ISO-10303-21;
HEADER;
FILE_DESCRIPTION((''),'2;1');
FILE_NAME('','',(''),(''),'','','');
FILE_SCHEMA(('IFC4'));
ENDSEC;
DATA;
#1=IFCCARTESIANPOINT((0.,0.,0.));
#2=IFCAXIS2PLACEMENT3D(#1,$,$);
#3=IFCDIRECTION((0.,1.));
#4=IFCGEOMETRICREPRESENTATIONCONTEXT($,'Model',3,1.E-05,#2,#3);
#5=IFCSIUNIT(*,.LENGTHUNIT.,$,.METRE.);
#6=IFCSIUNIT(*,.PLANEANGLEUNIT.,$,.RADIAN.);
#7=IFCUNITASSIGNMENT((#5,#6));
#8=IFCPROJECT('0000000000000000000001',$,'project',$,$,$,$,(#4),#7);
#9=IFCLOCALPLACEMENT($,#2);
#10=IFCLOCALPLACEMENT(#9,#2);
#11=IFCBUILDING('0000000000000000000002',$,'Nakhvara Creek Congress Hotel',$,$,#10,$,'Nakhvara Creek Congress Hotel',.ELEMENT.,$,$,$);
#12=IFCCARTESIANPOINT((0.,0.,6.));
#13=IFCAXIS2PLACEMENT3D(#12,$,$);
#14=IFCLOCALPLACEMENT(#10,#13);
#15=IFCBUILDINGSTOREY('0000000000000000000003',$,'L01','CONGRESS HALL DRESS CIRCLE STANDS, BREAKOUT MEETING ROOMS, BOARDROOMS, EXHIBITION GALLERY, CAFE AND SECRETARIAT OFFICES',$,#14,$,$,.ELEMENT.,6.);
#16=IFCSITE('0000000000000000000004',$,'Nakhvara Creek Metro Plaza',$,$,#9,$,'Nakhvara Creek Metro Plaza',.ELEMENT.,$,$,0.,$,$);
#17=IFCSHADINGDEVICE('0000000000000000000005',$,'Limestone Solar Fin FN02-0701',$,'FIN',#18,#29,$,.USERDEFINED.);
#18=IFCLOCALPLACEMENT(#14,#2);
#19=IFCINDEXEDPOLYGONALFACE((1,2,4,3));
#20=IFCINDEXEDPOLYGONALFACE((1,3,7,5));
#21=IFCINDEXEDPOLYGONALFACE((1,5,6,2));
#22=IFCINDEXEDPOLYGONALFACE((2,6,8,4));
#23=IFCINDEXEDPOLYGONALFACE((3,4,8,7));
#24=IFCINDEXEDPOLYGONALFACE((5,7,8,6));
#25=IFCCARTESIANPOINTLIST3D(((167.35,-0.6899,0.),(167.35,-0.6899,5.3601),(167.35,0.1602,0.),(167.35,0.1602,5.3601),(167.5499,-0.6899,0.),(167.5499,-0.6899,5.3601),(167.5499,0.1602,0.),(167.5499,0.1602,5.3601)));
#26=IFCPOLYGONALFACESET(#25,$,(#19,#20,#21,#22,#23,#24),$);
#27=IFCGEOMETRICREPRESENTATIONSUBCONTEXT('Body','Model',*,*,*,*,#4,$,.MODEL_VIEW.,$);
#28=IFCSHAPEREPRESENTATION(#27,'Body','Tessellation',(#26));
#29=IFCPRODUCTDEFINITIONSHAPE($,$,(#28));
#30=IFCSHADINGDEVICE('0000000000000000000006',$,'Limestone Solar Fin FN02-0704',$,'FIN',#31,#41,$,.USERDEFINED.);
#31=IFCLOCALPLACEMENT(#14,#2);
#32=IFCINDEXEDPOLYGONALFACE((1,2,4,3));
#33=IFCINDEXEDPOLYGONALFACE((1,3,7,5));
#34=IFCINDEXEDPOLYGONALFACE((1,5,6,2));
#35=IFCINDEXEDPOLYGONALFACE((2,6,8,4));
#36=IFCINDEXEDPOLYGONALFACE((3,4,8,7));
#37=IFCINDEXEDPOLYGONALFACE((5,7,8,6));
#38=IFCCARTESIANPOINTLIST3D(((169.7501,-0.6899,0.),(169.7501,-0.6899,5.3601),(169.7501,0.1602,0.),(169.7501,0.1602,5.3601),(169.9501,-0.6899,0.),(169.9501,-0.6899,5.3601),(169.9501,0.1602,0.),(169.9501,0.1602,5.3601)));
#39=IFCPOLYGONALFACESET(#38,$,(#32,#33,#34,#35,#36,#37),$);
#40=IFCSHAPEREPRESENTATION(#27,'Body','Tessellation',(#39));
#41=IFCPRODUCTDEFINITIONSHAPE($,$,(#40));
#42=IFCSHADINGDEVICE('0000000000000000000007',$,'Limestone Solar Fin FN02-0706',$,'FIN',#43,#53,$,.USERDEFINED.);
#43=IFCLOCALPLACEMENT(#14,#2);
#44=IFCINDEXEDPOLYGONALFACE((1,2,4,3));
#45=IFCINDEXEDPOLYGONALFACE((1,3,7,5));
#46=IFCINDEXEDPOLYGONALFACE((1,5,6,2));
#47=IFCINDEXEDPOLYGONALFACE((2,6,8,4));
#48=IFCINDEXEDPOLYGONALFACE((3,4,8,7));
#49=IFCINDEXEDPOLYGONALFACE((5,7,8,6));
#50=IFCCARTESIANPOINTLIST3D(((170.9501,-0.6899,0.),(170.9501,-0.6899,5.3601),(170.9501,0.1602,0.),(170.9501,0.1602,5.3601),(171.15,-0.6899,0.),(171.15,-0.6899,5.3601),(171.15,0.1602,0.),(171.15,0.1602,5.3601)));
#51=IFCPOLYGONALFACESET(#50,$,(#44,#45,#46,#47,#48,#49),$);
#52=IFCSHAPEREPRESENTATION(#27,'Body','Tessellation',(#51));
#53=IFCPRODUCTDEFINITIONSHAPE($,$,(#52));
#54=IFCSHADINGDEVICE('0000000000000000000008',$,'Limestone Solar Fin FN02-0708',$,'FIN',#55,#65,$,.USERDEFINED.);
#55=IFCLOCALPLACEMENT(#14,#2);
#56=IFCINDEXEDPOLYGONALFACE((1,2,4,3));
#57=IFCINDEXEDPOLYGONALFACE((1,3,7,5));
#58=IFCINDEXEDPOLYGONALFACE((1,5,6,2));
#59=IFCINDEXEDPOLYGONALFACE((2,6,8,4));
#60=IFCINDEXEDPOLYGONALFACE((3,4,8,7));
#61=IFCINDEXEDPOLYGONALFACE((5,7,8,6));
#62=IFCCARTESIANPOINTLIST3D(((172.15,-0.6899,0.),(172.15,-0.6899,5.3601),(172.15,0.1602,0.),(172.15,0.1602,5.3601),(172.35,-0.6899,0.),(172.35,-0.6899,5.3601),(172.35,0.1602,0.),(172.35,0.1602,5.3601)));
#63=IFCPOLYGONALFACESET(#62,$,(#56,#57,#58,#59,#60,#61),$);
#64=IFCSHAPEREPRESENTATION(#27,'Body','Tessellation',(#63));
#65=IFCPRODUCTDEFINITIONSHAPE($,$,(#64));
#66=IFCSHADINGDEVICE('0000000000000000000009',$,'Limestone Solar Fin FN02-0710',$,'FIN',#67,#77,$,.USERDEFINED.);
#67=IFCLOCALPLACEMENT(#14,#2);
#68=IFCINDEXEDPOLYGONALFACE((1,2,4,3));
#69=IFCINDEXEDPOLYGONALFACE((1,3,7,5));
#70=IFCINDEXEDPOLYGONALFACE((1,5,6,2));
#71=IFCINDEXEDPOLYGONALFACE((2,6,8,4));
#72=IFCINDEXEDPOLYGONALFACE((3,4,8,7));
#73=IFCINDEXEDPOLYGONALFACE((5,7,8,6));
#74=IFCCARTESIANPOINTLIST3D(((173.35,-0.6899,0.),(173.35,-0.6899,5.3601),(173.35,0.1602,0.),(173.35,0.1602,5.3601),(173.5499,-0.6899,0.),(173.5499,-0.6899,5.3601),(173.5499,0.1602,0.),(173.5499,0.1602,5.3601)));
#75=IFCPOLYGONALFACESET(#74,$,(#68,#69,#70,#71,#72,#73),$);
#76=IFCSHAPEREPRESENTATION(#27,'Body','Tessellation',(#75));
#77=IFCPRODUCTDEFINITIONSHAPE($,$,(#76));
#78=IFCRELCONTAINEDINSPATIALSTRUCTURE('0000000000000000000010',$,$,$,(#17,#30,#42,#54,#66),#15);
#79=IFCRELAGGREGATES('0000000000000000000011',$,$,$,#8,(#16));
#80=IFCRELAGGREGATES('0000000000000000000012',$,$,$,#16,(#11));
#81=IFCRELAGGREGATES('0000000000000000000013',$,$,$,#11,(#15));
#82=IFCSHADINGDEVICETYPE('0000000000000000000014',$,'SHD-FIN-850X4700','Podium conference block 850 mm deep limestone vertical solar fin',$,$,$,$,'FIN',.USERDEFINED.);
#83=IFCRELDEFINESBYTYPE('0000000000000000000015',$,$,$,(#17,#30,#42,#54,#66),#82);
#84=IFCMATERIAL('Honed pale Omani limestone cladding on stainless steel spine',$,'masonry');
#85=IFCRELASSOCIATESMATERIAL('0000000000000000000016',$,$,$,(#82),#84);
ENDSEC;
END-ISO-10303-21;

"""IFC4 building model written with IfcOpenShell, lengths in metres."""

from ifc_helpers import new_model, si_unit, direction, frame, origin, origin_2d, place, context, subcontext, project, spatial, rectangle, extrude, material, type_object, element, save


model = new_model("IFC4")

# Units and contexts
model_context = context("Model", 3, precision=1e-05, world=origin(), true_north=direction((0.0, 1.0)))
body_context = subcontext(model_context, "Body", "Model", "MODEL_VIEW")
ifc_project = project(units=[si_unit("LENGTHUNIT", "METRE"), si_unit("PLANEANGLEUNIT", "RADIAN")], contexts=[model_context])

# Site, building, storey
site_placement = place(None, origin())
site = spatial("IfcSite", under=ifc_project, at=site_placement, Name="Nakhvara Creek Metro Plaza", LongName="Nakhvara Creek Metro Plaza", CompositionType="ELEMENT", RefElevation=0.0)
building_placement = place(site_placement, origin())
building = spatial("IfcBuilding", under=site, at=building_placement, Name="Nakhvara Creek Congress Hotel", LongName="Nakhvara Creek Congress Hotel", CompositionType="ELEMENT")
storey_placement = place(building_placement, frame((0.0, 0.0, 6.0)))
storey = spatial("IfcBuildingStorey", under=building, at=storey_placement, Name="L01", Description="CONGRESS HALL DRESS CIRCLE STANDS, BREAKOUT MEETING ROOMS, BOARDROOMS, EXHIBITION GALLERY, CAFE AND SECRETARIAT OFFICES", CompositionType="ELEMENT", Elevation=6.0)

# Shading devices
ifc_material_1 = material(Name="Honed pale Omani limestone cladding on stainless steel spine", Category="masonry")
shading_device_type = type_object("IfcShadingDeviceType", Name="SHD-FIN-850X4700", Description="Podium conference block 850 mm deep limestone vertical solar fin", ElementType="FIN", PredefinedType="USERDEFINED", material=ifc_material_1)
for number, where, z_axis, x_axis, name in (
    (1, (167.45, -0.2649, 0.0), (0.0, 0.0, 1.0), (1.0, 0.0, 0.0), "Limestone Solar Fin FN02-0701"),
    (2, (169.8501, -0.2649, 0.0), (0.0, 0.0, 1.0), (1.0, 0.0, 0.0), "Limestone Solar Fin FN02-0704"),
    (3, (171.05, -0.2649, 0.0), (0.0, 0.0, 1.0), (1.0, 0.0, 0.0), "Limestone Solar Fin FN02-0706"),
    (4, (172.25, -0.2649, 0.0), (0.0, 0.0, 1.0), (1.0, 0.0, 0.0), "Limestone Solar Fin FN02-0708"),
    (5, (173.45, -0.2649, 0.0), (0.0, 0.0, 1.0), (1.0, 0.0, 0.0), "Limestone Solar Fin FN02-0710"),
):
    element("IfcShadingDevice", number, at=place(storey_placement, frame(where, z_axis=z_axis, x_axis=x_axis)), inside=storey, type_object=shading_device_type, Name=name, ObjectType="FIN", PredefinedType="USERDEFINED", context=body_context, shape_type="SweptSolid", body=[
        extrude(rectangle(XDim=0.2, YDim=0.8501, at=origin_2d()), origin(), (0.0, 0.0, 1.0), 5.3601),
    ])

save(model, "model.ifc")
